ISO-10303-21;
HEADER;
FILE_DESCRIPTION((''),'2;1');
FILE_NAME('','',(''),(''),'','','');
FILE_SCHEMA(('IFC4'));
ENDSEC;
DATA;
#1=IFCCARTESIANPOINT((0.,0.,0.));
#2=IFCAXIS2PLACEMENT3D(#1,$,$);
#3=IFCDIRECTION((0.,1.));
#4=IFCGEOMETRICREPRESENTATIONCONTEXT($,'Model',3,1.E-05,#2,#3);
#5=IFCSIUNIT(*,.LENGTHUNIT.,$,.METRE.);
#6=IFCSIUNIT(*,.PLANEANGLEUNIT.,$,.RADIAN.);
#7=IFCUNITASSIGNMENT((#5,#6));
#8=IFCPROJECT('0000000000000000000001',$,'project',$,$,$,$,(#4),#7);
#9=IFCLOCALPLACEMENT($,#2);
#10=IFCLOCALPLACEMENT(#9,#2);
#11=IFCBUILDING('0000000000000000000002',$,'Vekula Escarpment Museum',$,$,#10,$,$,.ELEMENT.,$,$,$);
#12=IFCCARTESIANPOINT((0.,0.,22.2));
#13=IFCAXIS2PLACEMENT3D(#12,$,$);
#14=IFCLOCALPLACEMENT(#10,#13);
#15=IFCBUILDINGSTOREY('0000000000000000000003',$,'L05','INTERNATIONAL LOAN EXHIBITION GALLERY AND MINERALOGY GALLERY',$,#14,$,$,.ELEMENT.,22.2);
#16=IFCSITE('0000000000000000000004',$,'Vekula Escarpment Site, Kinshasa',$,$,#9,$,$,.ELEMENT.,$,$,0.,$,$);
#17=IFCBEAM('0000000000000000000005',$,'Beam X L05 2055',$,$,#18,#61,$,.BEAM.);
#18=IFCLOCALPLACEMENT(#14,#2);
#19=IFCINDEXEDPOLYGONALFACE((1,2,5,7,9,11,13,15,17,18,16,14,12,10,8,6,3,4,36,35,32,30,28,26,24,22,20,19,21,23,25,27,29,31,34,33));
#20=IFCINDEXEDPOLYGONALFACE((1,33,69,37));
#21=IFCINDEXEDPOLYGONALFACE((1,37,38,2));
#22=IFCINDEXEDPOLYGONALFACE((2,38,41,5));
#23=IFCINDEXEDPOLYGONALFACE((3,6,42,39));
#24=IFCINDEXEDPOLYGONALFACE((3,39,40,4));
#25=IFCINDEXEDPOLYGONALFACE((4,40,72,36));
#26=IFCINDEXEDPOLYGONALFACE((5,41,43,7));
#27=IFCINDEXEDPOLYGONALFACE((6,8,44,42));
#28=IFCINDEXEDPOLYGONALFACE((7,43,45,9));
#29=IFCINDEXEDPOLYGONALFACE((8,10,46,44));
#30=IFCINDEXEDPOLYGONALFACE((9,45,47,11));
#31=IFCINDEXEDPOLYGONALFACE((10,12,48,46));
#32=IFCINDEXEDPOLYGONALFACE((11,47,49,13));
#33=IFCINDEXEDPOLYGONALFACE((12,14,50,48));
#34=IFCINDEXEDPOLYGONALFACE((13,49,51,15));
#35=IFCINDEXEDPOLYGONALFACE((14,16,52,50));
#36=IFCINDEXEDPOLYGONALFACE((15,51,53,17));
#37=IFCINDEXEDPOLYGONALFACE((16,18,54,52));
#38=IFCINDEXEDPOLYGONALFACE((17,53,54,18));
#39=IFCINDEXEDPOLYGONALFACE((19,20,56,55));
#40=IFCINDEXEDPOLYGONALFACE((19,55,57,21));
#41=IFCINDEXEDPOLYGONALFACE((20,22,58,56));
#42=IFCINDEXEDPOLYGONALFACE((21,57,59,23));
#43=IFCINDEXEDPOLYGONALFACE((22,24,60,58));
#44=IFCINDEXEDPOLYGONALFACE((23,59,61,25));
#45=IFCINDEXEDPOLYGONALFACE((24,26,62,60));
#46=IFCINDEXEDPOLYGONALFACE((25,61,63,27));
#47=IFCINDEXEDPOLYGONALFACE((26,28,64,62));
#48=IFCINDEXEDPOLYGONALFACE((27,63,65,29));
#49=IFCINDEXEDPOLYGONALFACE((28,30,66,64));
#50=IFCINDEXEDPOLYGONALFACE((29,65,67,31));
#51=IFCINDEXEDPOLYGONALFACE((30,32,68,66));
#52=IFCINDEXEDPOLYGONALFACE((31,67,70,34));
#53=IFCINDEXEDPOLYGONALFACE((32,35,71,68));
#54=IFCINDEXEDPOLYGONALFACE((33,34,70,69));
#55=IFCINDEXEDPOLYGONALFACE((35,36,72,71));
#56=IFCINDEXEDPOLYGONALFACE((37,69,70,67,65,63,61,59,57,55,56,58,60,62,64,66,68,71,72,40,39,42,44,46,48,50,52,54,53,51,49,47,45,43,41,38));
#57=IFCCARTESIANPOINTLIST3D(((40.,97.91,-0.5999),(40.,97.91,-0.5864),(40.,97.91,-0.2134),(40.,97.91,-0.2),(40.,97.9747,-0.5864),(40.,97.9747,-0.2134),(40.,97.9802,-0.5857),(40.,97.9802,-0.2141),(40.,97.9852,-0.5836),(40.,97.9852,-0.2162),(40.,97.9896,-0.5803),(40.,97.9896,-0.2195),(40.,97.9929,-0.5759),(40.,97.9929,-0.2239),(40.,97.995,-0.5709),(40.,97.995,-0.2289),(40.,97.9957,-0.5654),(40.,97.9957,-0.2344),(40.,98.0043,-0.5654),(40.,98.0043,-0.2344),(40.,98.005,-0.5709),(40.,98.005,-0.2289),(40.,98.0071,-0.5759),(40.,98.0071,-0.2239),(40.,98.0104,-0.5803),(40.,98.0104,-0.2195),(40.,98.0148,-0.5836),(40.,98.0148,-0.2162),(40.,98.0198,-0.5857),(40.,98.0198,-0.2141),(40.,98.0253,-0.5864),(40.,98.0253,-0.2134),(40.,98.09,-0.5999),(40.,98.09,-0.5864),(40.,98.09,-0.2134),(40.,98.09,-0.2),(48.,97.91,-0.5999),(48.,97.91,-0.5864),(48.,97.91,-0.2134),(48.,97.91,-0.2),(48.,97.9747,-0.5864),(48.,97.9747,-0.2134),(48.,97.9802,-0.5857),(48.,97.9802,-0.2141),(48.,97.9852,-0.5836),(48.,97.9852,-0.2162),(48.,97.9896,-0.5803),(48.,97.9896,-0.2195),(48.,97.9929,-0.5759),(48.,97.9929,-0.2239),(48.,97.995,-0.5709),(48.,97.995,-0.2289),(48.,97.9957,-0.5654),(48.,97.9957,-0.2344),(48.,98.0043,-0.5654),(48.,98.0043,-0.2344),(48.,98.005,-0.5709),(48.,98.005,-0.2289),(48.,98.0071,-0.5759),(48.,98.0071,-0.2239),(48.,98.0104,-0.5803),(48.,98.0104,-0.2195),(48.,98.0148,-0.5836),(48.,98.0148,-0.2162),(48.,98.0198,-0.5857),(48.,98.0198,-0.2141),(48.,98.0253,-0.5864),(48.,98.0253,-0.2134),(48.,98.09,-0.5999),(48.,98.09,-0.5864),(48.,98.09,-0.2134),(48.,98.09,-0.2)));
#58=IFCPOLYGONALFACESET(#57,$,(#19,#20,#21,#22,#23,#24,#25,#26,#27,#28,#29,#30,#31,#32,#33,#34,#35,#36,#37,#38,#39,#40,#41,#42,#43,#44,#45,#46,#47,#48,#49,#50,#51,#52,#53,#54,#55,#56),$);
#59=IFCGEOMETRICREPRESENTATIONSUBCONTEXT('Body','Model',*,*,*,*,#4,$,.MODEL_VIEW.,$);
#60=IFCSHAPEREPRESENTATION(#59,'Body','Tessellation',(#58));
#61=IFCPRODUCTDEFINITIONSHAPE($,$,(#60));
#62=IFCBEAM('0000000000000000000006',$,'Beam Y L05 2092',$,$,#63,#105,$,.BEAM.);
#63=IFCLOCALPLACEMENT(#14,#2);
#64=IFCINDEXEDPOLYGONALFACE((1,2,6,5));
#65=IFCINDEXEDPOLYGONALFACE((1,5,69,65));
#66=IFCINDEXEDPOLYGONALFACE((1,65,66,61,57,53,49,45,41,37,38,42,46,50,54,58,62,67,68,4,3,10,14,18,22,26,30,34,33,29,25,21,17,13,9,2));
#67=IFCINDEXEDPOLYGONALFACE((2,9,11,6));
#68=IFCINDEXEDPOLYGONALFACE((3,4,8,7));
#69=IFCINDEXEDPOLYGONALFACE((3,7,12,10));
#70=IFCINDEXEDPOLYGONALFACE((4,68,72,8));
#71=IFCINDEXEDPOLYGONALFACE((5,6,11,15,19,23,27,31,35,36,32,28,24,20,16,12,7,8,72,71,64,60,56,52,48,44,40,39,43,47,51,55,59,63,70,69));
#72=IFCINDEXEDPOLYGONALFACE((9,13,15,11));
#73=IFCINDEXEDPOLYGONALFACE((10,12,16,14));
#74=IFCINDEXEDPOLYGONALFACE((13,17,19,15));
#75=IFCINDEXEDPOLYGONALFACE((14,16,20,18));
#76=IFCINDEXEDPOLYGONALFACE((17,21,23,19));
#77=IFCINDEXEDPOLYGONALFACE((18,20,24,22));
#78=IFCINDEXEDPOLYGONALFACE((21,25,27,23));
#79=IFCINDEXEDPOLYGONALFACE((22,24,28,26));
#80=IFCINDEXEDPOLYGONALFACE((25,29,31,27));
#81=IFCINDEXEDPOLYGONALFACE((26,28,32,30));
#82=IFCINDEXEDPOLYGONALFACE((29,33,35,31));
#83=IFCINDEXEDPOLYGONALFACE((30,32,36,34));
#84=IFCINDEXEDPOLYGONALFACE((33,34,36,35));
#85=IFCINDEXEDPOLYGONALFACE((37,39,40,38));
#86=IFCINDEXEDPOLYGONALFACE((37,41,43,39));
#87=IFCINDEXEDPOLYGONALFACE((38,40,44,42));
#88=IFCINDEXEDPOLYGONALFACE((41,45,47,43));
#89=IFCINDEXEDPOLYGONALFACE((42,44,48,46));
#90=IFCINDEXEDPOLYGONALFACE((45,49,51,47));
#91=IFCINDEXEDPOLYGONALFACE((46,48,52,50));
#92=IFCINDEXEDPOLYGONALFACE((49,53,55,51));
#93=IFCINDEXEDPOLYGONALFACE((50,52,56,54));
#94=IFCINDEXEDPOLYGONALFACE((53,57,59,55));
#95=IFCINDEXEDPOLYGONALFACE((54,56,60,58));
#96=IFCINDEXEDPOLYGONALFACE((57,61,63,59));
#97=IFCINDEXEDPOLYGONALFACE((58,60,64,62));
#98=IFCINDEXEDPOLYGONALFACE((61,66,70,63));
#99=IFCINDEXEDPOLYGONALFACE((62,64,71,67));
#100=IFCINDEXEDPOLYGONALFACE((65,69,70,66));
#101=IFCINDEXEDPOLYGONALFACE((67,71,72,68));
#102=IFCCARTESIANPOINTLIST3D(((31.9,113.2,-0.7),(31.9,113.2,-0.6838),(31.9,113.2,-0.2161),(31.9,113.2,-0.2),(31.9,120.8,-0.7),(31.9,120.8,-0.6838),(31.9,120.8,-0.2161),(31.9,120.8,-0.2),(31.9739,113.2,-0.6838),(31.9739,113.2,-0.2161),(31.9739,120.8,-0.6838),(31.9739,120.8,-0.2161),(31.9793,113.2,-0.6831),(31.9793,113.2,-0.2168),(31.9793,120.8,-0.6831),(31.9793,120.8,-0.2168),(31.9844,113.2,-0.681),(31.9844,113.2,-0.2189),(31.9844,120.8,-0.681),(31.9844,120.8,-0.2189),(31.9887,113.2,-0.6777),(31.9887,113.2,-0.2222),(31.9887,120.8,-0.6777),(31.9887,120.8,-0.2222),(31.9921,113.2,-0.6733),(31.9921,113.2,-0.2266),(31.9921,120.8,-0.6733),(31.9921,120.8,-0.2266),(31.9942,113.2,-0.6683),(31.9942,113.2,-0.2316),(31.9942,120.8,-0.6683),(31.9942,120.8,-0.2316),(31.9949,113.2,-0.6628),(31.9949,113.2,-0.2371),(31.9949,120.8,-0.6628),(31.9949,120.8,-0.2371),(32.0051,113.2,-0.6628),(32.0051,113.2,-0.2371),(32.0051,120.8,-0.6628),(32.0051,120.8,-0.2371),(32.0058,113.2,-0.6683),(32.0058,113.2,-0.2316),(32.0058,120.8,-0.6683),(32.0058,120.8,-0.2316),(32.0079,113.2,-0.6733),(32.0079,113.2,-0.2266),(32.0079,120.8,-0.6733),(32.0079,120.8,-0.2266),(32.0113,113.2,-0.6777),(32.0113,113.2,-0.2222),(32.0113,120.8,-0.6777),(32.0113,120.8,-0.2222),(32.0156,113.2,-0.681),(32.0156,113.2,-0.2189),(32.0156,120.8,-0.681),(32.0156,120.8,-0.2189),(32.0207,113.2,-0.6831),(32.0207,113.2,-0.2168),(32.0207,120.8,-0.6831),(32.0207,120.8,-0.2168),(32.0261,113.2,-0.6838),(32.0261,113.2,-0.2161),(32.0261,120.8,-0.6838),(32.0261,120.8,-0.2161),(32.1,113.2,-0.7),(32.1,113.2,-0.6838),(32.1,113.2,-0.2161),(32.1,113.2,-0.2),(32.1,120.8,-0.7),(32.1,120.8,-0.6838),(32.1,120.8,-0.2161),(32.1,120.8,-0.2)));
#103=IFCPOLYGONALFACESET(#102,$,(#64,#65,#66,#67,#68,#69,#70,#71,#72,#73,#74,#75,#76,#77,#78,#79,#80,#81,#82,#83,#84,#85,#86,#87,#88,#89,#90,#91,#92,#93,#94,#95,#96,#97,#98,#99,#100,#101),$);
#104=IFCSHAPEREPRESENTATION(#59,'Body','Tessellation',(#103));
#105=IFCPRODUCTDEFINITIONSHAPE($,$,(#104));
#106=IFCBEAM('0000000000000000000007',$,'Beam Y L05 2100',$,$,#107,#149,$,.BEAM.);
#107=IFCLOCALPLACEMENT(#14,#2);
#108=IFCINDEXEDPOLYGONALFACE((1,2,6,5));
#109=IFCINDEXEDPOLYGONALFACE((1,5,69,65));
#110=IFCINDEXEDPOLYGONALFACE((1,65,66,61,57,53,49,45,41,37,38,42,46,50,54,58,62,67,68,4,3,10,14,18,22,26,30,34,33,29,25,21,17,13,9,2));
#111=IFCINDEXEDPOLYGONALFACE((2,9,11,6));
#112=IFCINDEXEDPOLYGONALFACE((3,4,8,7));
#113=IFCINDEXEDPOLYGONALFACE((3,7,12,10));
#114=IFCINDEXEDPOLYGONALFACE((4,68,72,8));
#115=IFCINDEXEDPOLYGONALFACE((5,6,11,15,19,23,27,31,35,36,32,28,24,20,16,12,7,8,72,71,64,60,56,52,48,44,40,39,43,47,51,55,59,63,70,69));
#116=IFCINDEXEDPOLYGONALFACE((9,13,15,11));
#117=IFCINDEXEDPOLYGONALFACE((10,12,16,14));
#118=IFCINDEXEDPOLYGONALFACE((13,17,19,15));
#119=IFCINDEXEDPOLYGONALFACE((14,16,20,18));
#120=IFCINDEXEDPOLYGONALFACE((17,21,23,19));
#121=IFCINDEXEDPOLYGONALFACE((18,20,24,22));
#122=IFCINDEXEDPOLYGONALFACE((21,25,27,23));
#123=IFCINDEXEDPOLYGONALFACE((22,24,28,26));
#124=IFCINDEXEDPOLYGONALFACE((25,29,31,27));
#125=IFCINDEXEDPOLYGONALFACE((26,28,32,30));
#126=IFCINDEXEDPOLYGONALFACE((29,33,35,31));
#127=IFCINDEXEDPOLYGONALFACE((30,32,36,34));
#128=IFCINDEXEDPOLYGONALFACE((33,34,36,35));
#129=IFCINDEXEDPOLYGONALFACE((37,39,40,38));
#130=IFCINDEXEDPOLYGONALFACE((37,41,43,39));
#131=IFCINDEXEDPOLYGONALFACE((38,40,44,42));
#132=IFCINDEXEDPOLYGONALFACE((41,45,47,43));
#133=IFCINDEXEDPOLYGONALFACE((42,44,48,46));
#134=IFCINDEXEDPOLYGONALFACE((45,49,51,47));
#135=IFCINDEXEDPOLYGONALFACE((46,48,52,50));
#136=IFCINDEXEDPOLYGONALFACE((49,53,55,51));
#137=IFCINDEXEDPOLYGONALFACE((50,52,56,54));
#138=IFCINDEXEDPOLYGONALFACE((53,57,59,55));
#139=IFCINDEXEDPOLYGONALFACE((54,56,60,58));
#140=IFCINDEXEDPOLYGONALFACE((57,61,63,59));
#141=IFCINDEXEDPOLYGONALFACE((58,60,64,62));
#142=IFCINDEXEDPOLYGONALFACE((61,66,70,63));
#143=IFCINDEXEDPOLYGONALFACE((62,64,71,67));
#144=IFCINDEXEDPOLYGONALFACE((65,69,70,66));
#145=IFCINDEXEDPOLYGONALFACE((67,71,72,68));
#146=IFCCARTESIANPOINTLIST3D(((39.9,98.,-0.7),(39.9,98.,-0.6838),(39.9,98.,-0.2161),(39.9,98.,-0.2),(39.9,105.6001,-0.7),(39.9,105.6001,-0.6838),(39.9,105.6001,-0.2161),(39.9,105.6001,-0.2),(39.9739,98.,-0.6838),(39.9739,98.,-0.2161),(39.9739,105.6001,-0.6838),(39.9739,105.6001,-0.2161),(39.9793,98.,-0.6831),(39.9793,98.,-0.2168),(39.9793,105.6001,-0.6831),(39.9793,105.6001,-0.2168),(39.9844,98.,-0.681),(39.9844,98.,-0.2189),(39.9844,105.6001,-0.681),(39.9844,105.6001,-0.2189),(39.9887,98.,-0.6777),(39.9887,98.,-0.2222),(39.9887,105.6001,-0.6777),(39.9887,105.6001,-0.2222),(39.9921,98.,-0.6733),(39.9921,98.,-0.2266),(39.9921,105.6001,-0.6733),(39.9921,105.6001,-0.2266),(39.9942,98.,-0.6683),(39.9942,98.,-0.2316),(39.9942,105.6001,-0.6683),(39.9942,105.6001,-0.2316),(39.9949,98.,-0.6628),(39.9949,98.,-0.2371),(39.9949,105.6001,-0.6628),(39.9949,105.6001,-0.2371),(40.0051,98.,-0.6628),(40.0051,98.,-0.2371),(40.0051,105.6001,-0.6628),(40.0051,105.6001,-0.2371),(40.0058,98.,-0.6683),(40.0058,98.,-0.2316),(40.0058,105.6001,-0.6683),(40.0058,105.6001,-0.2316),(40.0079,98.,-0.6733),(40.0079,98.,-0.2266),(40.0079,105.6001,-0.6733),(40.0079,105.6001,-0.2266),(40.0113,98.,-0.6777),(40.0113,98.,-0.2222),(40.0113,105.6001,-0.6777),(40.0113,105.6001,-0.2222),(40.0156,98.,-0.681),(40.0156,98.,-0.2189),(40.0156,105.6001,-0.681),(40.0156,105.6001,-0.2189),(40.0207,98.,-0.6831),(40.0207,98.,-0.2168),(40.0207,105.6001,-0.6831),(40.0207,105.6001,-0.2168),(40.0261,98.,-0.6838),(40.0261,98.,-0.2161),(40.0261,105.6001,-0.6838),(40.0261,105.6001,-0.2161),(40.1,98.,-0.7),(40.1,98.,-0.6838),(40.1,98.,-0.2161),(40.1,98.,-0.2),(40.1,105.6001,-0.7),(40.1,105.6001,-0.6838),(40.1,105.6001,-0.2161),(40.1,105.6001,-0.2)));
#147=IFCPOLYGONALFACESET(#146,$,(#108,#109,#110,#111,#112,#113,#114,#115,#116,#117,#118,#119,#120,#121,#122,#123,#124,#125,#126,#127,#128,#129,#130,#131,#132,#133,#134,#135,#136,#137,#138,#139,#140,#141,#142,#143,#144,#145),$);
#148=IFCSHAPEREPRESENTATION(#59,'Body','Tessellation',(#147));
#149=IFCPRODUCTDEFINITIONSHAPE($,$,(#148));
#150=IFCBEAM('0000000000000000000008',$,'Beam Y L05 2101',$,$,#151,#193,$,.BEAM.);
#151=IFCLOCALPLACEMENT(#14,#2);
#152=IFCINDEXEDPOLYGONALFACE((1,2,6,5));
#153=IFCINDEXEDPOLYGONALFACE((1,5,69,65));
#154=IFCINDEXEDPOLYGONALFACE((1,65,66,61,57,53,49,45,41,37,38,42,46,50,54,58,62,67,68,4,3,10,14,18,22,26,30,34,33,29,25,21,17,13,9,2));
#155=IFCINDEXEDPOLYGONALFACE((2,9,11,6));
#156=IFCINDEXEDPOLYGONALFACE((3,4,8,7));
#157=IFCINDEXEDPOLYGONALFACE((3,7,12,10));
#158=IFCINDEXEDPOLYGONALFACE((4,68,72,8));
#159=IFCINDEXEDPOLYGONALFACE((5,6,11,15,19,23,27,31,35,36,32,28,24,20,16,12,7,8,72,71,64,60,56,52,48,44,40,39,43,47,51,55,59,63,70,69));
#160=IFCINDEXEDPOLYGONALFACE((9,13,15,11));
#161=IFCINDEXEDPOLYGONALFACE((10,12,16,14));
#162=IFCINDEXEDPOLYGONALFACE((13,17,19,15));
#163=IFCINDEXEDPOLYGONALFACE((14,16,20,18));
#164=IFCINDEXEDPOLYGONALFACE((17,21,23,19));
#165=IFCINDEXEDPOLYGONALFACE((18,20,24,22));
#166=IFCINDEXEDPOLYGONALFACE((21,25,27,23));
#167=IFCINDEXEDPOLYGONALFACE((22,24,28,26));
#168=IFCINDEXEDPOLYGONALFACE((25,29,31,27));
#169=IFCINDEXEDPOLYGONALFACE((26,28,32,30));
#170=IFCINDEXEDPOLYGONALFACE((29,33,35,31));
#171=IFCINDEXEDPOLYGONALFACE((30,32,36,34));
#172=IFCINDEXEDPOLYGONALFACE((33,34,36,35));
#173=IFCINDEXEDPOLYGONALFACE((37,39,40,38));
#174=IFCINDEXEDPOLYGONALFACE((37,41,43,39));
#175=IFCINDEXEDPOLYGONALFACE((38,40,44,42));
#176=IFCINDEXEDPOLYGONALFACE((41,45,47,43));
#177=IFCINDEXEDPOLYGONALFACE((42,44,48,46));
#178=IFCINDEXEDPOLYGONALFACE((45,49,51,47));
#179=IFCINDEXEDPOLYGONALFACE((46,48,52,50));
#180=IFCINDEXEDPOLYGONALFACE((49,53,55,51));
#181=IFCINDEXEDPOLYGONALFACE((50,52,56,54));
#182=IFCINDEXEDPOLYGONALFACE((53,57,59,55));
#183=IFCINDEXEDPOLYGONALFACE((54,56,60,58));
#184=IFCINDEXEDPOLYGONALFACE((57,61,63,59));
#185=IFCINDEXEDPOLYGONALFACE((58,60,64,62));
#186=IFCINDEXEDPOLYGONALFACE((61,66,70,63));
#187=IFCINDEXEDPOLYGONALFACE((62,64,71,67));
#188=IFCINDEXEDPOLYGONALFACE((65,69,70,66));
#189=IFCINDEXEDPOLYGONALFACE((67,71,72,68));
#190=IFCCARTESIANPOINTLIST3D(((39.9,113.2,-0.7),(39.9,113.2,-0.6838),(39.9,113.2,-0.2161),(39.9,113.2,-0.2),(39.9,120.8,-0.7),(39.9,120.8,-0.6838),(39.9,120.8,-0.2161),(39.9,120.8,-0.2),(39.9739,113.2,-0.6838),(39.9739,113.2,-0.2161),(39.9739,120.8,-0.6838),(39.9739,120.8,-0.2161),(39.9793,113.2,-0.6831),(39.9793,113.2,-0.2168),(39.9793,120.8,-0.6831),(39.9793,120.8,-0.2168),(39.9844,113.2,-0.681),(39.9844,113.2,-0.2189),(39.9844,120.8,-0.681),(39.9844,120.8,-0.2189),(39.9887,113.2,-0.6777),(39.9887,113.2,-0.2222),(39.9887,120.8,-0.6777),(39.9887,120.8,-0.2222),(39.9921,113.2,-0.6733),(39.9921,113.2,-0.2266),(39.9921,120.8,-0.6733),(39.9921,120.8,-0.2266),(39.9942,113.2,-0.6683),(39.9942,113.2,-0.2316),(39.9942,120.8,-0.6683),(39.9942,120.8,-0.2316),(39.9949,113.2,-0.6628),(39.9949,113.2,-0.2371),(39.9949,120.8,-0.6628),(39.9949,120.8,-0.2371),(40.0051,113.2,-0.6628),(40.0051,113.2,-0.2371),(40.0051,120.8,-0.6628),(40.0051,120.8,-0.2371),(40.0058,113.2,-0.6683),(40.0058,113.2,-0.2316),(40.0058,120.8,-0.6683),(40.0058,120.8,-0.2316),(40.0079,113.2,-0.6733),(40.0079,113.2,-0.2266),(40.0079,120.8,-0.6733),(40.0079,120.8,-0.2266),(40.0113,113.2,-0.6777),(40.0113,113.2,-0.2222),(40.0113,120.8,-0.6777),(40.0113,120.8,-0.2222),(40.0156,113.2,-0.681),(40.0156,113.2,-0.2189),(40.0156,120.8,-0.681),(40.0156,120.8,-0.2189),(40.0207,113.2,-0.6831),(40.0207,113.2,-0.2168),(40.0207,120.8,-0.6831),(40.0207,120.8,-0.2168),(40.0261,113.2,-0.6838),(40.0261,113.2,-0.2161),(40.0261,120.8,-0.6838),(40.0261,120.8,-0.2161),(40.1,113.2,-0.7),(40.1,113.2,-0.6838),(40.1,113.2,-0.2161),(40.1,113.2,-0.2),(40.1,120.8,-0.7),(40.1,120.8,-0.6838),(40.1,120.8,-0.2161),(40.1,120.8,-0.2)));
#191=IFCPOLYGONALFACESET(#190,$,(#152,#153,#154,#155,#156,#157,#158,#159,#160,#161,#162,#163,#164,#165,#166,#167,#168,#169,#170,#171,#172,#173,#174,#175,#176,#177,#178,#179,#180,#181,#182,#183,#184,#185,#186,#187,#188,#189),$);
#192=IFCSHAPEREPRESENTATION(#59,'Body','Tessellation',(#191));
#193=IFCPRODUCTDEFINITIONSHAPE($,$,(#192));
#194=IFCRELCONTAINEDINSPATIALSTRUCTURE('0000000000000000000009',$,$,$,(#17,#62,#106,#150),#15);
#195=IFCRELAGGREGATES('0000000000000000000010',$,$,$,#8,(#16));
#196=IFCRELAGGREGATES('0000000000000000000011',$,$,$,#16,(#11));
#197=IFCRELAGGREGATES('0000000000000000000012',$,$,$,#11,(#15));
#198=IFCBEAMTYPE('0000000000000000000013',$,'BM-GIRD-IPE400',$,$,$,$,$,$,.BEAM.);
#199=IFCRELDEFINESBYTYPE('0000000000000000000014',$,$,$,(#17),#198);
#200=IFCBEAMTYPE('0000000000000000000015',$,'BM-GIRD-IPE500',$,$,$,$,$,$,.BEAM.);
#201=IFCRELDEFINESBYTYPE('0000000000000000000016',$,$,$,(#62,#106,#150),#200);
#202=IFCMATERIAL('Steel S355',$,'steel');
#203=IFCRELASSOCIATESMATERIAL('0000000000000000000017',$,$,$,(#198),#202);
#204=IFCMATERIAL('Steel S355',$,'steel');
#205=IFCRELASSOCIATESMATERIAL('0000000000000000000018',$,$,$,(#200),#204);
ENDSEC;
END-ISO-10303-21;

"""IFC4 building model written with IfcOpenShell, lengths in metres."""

from ifc_helpers import new_model, si_unit, direction, frame, origin, origin_2d, place, context, subcontext, project, spatial, i_section, extrude, material, material_profile, profile_set, type_object, element, save


model = new_model("IFC4")

# Units and contexts
model_context = context("Model", 3, precision=1e-05, world=origin(), true_north=direction((0.0, 1.0)))
body_context = subcontext(model_context, "Body", "Model", "MODEL_VIEW")
ifc_project = project(units=[si_unit("LENGTHUNIT", "METRE"), si_unit("PLANEANGLEUNIT", "RADIAN")], contexts=[model_context])

# Site, building, storey
site_placement = place(None, origin())
site = spatial("IfcSite", under=ifc_project, at=site_placement, Name="Vekula Escarpment Site, Kinshasa", CompositionType="ELEMENT", RefElevation=0.0)
building_placement = place(site_placement, origin())
building = spatial("IfcBuilding", under=site, at=building_placement, Name="Vekula Escarpment Museum", CompositionType="ELEMENT")
storey_placement = place(building_placement, frame((0.0, 0.0, 22.2)))
storey = spatial("IfcBuildingStorey", under=building, at=storey_placement, Name="L05", Description="INTERNATIONAL LOAN EXHIBITION GALLERY AND MINERALOGY GALLERY", CompositionType="ELEMENT", Elevation=22.2)

# Beams
ifc_material_1 = material(Name="Steel S355", Category="steel")
ifc_material_profile_1 = material_profile(ifc_material_1, i_section(OverallWidth=0.1799, OverallDepth=0.3999, WebThickness=0.0085, FlangeThickness=0.0134, FilletRadius=0.021, at=origin_2d()), Name="IPE 400")
ifc_profile_set_1 = profile_set([ifc_material_profile_1], Name="Steel S355")
beam_type_1 = type_object("IfcBeamType", Name="BM-GIRD-IPE400", PredefinedType="BEAM", material=ifc_profile_set_1)
beam_1_placement = place(storey_placement, frame((40.0, 98.0, -0.3999), z_axis=(1.0, 0.0, 0.0), x_axis=(0.0, 1.0, 0.0)))
element("IfcBeam", 1, at=beam_1_placement, inside=storey, type_object=beam_type_1, Name="Beam X L05 2055", PredefinedType="BEAM", context=body_context, shape_type="SweptSolid", body=[
    extrude(i_section(OverallWidth=0.1799, OverallDepth=0.3999, WebThickness=0.0085, FlangeThickness=0.0134, FilletRadius=0.021, at=origin_2d()), origin(), (0.0, 0.0, 1.0), 8.0),
])
ifc_material_2 = material(Name="Steel S355", Category="steel")
ifc_material_profile_2 = material_profile(ifc_material_2, i_section(OverallWidth=0.2, OverallDepth=0.5, WebThickness=0.0103, FlangeThickness=0.0161, FilletRadius=0.021, at=origin_2d()), Name="IPE 500")
ifc_profile_set_2 = profile_set([ifc_material_profile_2], Name="Steel S355")
beam_type_2 = type_object("IfcBeamType", Name="BM-GIRD-IPE500", PredefinedType="BEAM", material=ifc_profile_set_2)
for number, where, z_axis, x_axis, name in (
    (2, (32.0, 113.2, -0.45), (0.0, 1.0, 0.0), (-1.0, 0.0, 0.0), "Beam Y L05 2092"),
    (3, (40.0, 98.0, -0.45), (0.0, 1.0, 0.0), (-1.0, 0.0, 0.0), "Beam Y L05 2100"),
    (4, (40.0, 113.2, -0.45), (0.0, 1.0, 0.0), (-1.0, 0.0, 0.0), "Beam Y L05 2101"),
):
    element("IfcBeam", number, at=place(storey_placement, frame(where, z_axis=z_axis, x_axis=x_axis)), inside=storey, type_object=beam_type_2, Name=name, PredefinedType="BEAM", context=body_context, shape_type="SweptSolid", body=[
        extrude(i_section(OverallWidth=0.2, OverallDepth=0.5, WebThickness=0.0103, FlangeThickness=0.0161, FilletRadius=0.021, at=origin_2d()), origin(), (0.0, 0.0, 1.0), 7.6001),
    ])

save(model, "model.ifc")
